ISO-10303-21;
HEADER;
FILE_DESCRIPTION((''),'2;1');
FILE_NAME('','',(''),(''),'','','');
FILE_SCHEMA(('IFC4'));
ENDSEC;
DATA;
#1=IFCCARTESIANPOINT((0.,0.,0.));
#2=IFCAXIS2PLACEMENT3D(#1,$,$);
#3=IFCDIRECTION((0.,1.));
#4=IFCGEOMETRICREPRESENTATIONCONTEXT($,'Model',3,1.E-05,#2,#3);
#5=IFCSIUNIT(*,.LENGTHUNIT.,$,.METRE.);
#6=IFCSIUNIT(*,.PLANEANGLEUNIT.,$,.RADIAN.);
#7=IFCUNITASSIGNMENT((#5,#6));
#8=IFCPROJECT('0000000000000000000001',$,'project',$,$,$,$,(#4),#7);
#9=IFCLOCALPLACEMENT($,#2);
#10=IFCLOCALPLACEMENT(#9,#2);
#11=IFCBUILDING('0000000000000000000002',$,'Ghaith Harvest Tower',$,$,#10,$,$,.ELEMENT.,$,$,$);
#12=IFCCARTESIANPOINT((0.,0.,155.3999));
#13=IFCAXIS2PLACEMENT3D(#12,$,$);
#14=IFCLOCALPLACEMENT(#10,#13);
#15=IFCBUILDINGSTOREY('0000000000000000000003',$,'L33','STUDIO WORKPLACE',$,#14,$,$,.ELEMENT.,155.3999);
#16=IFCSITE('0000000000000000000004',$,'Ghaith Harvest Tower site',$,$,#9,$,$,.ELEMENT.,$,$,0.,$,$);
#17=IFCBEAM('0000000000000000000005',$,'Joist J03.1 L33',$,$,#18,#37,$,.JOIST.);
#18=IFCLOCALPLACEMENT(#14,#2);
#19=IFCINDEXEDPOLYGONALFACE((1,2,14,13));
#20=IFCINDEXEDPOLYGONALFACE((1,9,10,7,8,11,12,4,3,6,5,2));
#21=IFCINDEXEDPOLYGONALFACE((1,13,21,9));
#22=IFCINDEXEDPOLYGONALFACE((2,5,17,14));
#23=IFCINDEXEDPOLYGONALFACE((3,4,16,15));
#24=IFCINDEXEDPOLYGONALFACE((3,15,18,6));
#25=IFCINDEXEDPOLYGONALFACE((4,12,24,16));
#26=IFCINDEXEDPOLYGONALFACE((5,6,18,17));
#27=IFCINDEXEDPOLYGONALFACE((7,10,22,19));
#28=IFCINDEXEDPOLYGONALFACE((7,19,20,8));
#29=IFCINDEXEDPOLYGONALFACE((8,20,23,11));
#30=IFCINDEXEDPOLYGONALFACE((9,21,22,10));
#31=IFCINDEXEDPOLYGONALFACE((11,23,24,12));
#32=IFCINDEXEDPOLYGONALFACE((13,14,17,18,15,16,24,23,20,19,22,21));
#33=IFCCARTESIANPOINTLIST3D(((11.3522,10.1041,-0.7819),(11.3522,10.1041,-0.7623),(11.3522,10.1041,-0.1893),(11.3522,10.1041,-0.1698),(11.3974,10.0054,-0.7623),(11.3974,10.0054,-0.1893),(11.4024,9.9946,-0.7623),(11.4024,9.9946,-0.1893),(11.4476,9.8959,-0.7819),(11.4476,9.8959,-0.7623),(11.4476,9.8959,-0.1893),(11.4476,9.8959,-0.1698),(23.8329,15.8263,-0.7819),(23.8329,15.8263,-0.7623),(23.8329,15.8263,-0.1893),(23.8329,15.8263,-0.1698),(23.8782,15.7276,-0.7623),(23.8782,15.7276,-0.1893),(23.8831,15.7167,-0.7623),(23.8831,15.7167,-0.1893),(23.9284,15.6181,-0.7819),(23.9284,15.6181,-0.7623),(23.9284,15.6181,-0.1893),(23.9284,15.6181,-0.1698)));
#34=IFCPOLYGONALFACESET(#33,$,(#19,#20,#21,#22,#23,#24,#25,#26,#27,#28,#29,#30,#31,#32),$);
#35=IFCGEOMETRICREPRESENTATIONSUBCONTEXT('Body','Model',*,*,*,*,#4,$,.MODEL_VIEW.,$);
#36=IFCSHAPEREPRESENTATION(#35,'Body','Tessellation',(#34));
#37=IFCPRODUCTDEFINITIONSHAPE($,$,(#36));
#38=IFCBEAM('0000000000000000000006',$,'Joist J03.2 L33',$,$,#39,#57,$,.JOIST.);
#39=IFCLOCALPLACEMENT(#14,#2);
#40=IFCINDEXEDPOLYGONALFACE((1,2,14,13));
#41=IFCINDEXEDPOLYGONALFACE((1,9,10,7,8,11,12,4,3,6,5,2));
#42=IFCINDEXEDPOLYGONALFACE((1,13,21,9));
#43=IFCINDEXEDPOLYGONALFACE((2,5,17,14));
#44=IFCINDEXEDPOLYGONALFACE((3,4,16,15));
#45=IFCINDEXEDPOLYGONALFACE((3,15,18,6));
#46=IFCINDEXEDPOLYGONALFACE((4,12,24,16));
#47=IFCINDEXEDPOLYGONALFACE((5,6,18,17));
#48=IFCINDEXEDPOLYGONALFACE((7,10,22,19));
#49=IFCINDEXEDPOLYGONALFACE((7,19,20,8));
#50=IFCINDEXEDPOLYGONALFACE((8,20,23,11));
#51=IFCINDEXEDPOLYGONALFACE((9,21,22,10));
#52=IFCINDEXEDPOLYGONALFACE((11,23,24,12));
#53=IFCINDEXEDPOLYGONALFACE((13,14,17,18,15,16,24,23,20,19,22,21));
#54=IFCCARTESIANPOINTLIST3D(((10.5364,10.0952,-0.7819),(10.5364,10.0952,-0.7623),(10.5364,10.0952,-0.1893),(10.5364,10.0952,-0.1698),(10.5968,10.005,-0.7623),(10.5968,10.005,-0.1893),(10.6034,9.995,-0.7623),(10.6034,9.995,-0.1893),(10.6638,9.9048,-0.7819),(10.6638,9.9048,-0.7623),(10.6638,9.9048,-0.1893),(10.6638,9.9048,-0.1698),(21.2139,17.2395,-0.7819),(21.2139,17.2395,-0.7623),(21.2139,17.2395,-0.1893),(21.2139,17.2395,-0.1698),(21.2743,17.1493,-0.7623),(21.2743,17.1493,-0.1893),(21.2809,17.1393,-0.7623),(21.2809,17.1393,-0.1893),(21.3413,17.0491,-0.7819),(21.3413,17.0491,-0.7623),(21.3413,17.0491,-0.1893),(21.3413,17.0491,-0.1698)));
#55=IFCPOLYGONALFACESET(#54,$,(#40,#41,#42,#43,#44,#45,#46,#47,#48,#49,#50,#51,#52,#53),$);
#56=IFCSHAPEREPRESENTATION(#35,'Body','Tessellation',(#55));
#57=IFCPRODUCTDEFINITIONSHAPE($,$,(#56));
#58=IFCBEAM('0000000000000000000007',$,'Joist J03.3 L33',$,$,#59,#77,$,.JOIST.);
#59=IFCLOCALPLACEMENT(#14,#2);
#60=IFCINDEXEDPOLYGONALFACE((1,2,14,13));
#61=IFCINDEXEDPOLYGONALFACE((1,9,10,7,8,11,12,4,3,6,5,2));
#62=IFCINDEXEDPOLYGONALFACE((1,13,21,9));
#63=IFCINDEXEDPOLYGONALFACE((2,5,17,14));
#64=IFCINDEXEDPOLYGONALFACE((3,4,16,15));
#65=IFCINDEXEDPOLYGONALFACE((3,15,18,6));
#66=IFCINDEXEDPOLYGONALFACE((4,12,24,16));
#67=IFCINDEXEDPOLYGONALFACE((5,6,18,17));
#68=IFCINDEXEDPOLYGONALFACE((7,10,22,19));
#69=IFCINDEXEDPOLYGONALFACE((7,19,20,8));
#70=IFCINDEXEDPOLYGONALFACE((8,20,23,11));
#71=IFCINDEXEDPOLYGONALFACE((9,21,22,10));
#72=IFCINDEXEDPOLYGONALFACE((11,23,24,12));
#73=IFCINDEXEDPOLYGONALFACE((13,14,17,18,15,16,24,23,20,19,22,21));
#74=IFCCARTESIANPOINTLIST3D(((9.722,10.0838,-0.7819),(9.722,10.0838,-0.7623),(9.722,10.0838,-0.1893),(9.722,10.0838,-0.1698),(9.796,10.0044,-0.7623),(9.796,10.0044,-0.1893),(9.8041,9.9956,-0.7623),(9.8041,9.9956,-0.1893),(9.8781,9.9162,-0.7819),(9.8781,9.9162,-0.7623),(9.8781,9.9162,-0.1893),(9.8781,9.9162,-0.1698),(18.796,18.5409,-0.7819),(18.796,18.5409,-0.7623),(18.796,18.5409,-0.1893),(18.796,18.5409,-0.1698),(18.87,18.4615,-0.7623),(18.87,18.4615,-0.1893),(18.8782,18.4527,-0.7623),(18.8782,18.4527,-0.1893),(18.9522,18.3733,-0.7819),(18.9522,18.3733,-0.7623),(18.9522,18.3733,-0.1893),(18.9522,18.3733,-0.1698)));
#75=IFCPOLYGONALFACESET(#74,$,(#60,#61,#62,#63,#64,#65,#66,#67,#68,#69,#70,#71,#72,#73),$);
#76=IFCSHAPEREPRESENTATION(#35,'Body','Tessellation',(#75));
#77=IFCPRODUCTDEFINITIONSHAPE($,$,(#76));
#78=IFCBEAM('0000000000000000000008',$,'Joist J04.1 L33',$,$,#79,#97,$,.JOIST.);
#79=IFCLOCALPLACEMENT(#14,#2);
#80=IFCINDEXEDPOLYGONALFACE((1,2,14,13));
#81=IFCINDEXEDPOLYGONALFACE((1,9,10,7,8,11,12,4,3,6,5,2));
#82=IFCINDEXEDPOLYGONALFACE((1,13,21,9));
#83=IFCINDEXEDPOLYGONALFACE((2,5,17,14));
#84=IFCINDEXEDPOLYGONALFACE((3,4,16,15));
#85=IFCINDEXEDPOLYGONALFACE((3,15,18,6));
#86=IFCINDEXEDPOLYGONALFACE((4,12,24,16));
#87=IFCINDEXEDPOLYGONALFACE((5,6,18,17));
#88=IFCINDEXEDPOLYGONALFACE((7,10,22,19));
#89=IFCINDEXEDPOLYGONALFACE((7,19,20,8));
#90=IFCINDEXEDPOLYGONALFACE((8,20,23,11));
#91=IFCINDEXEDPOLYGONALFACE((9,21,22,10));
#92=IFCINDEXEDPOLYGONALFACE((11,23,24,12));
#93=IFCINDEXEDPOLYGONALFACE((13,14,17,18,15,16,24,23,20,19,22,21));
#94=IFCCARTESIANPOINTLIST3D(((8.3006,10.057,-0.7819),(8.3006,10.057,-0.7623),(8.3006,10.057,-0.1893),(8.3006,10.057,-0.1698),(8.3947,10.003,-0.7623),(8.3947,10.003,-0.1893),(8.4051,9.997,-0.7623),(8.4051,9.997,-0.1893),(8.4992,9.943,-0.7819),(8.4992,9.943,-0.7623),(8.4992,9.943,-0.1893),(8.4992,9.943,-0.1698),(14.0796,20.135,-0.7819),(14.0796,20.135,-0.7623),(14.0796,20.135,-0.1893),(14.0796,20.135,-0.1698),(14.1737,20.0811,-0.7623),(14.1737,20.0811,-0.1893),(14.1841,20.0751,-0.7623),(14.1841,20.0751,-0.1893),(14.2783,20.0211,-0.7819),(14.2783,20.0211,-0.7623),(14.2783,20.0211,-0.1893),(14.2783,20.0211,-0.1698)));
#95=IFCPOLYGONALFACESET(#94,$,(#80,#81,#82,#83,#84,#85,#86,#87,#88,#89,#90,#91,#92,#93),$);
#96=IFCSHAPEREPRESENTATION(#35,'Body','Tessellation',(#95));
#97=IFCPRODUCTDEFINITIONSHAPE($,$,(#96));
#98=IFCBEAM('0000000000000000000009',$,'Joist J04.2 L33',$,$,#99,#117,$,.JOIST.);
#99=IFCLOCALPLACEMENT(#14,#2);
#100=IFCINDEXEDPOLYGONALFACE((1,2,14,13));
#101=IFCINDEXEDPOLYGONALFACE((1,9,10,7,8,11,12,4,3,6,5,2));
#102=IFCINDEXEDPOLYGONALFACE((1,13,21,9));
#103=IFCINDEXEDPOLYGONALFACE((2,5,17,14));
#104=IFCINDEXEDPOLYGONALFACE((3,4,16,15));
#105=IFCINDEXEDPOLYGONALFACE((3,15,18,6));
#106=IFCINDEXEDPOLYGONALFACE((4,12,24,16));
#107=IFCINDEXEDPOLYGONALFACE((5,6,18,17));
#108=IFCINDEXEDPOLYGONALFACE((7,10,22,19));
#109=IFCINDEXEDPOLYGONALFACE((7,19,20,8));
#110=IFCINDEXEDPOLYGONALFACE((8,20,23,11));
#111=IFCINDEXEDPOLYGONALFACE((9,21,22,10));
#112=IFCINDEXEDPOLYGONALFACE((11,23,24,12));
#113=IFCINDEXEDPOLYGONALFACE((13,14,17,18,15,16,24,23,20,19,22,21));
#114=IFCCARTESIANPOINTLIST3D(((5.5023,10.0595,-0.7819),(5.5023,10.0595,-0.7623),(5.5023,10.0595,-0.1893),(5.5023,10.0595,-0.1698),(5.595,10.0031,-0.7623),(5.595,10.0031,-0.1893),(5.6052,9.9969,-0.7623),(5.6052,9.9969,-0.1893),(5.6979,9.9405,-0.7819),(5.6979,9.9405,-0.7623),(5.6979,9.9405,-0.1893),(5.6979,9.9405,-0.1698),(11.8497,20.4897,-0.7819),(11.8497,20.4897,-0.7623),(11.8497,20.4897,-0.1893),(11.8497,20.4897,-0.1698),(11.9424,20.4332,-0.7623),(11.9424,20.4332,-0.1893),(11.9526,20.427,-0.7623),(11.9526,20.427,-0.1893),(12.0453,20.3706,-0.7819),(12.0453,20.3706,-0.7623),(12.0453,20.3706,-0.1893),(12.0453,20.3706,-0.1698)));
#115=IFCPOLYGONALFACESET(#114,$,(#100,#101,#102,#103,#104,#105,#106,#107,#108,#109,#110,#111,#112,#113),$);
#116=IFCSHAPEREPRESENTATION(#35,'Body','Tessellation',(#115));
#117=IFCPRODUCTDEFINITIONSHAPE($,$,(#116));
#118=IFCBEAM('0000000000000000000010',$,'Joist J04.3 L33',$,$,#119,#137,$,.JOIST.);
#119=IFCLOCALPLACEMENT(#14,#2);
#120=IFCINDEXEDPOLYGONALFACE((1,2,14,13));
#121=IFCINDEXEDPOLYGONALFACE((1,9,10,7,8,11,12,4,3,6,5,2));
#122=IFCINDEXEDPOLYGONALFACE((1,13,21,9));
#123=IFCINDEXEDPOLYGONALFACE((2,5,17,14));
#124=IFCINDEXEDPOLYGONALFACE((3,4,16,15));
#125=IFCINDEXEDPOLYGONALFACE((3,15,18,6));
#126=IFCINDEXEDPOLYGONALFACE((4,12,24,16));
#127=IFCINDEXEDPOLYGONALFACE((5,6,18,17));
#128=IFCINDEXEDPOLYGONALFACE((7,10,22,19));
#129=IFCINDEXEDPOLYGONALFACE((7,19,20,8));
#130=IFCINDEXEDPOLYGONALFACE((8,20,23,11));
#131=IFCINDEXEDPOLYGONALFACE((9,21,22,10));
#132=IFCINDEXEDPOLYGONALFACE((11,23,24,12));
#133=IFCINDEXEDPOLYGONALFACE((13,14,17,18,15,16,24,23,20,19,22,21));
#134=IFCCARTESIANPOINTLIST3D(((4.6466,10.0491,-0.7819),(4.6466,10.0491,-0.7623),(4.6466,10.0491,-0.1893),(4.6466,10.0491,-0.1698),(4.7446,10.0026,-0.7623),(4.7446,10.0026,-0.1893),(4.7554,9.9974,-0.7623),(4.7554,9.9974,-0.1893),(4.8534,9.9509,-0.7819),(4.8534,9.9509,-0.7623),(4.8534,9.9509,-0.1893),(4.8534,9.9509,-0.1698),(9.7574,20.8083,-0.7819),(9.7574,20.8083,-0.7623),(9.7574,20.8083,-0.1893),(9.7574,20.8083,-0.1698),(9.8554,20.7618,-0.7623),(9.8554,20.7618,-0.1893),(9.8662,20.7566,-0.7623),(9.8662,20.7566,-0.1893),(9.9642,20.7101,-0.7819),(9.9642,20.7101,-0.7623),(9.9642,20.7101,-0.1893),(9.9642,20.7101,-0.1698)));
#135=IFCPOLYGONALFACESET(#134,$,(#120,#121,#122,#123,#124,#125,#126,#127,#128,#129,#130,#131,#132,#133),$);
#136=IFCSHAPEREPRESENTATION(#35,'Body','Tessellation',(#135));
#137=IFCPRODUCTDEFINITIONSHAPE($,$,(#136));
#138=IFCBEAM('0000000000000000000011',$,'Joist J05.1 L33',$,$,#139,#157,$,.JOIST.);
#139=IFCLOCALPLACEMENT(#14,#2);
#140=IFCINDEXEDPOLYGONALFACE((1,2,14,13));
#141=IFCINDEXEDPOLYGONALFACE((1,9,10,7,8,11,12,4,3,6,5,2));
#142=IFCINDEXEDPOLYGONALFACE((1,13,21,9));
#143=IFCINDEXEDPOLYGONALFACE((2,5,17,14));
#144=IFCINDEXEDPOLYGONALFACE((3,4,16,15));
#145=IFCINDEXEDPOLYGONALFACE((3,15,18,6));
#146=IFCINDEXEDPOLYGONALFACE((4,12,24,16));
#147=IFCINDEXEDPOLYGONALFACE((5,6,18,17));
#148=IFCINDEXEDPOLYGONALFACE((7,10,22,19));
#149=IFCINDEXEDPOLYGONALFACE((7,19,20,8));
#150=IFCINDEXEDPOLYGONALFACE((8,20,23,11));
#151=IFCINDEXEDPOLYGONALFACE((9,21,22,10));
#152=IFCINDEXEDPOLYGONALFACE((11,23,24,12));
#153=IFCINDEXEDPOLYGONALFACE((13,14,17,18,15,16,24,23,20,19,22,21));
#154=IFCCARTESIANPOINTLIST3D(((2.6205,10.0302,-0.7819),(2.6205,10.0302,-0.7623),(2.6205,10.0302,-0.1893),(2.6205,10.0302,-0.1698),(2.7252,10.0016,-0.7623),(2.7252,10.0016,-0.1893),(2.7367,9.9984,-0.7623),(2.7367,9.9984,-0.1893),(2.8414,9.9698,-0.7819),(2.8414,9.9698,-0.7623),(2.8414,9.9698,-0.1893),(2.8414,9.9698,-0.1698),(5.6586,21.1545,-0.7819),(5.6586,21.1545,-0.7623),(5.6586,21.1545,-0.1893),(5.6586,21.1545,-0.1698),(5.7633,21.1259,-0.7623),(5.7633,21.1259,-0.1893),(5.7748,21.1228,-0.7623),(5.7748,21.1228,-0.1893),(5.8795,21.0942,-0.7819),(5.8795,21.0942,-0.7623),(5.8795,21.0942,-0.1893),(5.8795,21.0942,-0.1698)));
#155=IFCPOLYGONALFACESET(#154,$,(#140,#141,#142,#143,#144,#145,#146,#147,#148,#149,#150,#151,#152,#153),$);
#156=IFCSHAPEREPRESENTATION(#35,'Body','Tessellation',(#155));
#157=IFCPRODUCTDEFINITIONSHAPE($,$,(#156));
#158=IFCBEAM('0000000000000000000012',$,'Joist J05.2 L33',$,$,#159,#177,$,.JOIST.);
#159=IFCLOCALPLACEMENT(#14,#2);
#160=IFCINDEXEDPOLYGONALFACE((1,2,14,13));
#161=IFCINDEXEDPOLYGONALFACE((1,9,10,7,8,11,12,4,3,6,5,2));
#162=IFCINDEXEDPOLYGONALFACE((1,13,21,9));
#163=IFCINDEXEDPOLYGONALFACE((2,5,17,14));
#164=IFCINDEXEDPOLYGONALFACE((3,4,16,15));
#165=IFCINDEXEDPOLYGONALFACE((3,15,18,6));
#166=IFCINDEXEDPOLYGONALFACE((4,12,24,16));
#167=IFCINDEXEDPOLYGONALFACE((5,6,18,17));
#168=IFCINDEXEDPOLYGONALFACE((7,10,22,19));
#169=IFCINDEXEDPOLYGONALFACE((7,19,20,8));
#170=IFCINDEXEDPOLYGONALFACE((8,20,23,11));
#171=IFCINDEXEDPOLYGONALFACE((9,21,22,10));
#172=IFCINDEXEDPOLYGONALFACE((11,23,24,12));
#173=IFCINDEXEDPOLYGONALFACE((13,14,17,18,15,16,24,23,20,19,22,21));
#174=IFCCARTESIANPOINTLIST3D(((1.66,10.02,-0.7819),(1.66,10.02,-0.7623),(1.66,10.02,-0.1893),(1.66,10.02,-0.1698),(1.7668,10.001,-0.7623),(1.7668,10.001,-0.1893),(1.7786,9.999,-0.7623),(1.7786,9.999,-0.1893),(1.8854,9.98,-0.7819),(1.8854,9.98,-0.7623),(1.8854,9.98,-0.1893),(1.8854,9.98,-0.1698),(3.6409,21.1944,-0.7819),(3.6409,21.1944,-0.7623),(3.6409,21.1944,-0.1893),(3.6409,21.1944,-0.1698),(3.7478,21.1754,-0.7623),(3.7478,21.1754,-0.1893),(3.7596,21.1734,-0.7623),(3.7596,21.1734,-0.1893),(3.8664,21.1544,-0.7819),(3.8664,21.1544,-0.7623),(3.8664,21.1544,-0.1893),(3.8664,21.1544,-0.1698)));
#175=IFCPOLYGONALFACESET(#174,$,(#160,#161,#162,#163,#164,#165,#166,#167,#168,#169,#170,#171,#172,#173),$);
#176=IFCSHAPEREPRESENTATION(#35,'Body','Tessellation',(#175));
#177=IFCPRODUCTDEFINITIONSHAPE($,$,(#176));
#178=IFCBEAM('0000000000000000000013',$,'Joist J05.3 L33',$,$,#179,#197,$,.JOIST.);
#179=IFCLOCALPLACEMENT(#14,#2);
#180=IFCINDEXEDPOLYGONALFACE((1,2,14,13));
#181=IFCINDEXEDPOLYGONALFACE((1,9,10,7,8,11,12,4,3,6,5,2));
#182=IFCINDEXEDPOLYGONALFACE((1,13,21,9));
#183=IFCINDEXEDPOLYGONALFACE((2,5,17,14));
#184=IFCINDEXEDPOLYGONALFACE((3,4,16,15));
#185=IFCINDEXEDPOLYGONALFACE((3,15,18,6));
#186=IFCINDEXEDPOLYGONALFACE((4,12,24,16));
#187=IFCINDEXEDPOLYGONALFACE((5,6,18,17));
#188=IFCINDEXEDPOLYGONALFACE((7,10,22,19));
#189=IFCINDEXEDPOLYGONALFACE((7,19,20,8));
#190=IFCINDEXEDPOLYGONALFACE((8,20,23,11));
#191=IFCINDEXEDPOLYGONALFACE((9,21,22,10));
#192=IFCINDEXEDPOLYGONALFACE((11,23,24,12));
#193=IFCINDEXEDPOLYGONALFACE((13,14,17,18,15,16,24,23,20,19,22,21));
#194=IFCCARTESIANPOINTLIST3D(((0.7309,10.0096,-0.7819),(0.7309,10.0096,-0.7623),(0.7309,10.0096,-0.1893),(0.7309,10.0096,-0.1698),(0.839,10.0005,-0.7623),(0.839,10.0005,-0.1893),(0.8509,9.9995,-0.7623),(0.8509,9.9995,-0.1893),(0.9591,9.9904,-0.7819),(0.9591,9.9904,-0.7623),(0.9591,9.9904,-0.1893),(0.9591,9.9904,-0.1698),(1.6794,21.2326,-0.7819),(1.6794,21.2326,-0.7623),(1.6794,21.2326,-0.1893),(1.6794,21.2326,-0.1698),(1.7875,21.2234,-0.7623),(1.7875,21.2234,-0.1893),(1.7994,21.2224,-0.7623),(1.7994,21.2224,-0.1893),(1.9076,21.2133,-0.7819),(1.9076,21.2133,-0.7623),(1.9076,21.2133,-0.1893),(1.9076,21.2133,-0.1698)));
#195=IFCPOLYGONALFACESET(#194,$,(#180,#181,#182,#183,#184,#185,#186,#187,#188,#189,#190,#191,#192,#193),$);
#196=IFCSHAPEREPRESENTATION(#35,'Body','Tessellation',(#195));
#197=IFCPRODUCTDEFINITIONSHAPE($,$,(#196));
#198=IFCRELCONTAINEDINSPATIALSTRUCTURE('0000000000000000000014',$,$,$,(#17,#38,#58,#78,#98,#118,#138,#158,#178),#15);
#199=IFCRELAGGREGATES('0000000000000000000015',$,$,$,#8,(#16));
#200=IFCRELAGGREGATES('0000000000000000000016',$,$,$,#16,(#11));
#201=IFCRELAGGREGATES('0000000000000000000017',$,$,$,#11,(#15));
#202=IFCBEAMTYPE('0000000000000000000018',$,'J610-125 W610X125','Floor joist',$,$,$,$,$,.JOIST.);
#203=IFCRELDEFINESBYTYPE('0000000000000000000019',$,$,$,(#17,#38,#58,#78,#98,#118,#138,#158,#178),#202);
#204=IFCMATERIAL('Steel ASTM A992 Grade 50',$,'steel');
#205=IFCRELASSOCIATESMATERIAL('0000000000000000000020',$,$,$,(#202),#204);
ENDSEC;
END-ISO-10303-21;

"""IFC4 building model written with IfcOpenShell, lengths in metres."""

from ifc_helpers import new_model, si_unit, direction, frame, origin, origin_2d, place, context, subcontext, project, spatial, i_section, extrude, material, material_profile, profile_set, type_object, element, save


model = new_model("IFC4")

# Units and contexts
model_context = context("Model", 3, precision=1e-05, world=origin(), true_north=direction((0.0, 1.0)))
body_context = subcontext(model_context, "Body", "Model", "MODEL_VIEW")
ifc_project = project(units=[si_unit("LENGTHUNIT", "METRE"), si_unit("PLANEANGLEUNIT", "RADIAN")], contexts=[model_context])

# Site, building, storey
site_placement = place(None, origin())
site = spatial("IfcSite", under=ifc_project, at=site_placement, Name="Ghaith Harvest Tower site", CompositionType="ELEMENT", RefElevation=0.0)
building_placement = place(site_placement, origin())
building = spatial("IfcBuilding", under=site, at=building_placement, Name="Ghaith Harvest Tower", CompositionType="ELEMENT")
storey_placement = place(building_placement, frame((0.0, 0.0, 155.3999)))
storey = spatial("IfcBuildingStorey", under=building, at=storey_placement, Name="L33", Description="STUDIO WORKPLACE", CompositionType="ELEMENT", Elevation=155.3999)

# Beams
ifc_material_1 = material(Name="Steel ASTM A992 Grade 50", Category="steel")
ifc_material_profile_1 = material_profile(ifc_material_1, i_section(OverallWidth=0.229, OverallDepth=0.6121, WebThickness=0.012, FlangeThickness=0.0195, at=origin_2d()), Name="W610X125")
ifc_profile_set_1 = profile_set([ifc_material_profile_1], Name="Steel ASTM A992 Grade 50")
beam_type_1 = type_object("IfcBeamType", Name="J610-125 W610X125", Description="Floor joist", PredefinedType="JOIST", material=ifc_profile_set_1)
beam_1_placement = place(storey_placement, frame((11.3999, 10.0, -0.4758), z_axis=(0.909014, 0.416766, 0.0), x_axis=(-0.416766, 0.909014, 0.0)))
element("IfcBeam", 1, at=beam_1_placement, inside=storey, type_object=beam_type_1, Name="Joist J03.1 L33", PredefinedType="JOIST", context=body_context, shape_type="SweptSolid", body=[
    extrude(i_section(OverallWidth=0.229, OverallDepth=0.6121, WebThickness=0.012, FlangeThickness=0.0195, at=origin_2d()), origin(), (0.0, 0.0, 1.0), 13.73),
])
beam_2_placement = place(storey_placement, frame((10.6001, 10.0, -0.4758), z_axis=(0.831116, 0.556098, 0.0), x_axis=(-0.556098, 0.831116, 0.0)))
element("IfcBeam", 2, at=beam_2_placement, inside=storey, type_object=beam_type_1, Name="Joist J03.2 L33", PredefinedType="JOIST", context=body_context, shape_type="SweptSolid", body=[
    extrude(i_section(OverallWidth=0.229, OverallDepth=0.6121, WebThickness=0.012, FlangeThickness=0.0195, at=origin_2d()), origin(), (0.0, 0.0, 1.0), 12.8472),
])
beam_3_placement = place(storey_placement, frame((9.8, 10.0, -0.4758), z_axis=(0.731538, 0.681801, 0.0), x_axis=(-0.681801, 0.731538, 0.0)))
element("IfcBeam", 3, at=beam_3_placement, inside=storey, type_object=beam_type_1, Name="Joist J03.3 L33", PredefinedType="JOIST", context=body_context, shape_type="SweptSolid", body=[
    extrude(i_section(OverallWidth=0.229, OverallDepth=0.6121, WebThickness=0.012, FlangeThickness=0.0195, at=origin_2d()), origin(), (0.0, 0.0, 1.0), 12.4041),
])
beam_4_placement = place(storey_placement, frame((8.3999, 10.0, -0.4758), z_axis=(0.497444, 0.867496, 0.0), x_axis=(-0.867496, 0.497444, 0.0)))
element("IfcBeam", 4, at=beam_4_placement, inside=storey, type_object=beam_type_1, Name="Joist J04.1 L33", PredefinedType="JOIST", context=body_context, shape_type="SweptSolid", body=[
    extrude(i_section(OverallWidth=0.229, OverallDepth=0.6121, WebThickness=0.012, FlangeThickness=0.0195, at=origin_2d()), origin(), (0.0, 0.0, 1.0), 11.6174),
])
beam_5_placement = place(storey_placement, frame((5.6001, 10.0, -0.4758), z_axis=(0.519864, 0.854249, 0.0), x_axis=(-0.854249, 0.519864, 0.0)))
element("IfcBeam", 5, at=beam_5_placement, inside=storey, type_object=beam_type_1, Name="Joist J04.2 L33", PredefinedType="JOIST", context=body_context, shape_type="SweptSolid", body=[
    extrude(i_section(OverallWidth=0.229, OverallDepth=0.6121, WebThickness=0.012, FlangeThickness=0.0195, at=origin_2d()), origin(), (0.0, 0.0, 1.0), 12.2097),
])
beam_6_placement = place(storey_placement, frame((4.75, 10.0, -0.4758), z_axis=(0.429069, 0.903272, 0.0), x_axis=(-0.903272, 0.429069, 0.0)))
element("IfcBeam", 6, at=beam_6_placement, inside=storey, type_object=beam_type_1, Name="Joist J04.3 L33", PredefinedType="JOIST", context=body_context, shape_type="SweptSolid", body=[
    extrude(i_section(OverallWidth=0.229, OverallDepth=0.6121, WebThickness=0.012, FlangeThickness=0.0195, at=origin_2d()), origin(), (0.0, 0.0, 1.0), 11.9114),
])
beam_7_placement = place(storey_placement, frame((2.731, 10.0, -0.4758), z_axis=(0.263456, 0.964671, 0.0), x_axis=(-0.964671, 0.263456, 0.0)))
element("IfcBeam", 7, at=beam_7_placement, inside=storey, type_object=beam_type_1, Name="Joist J05.1 L33", PredefinedType="JOIST", context=body_context, shape_type="SweptSolid", body=[
    extrude(i_section(OverallWidth=0.229, OverallDepth=0.6121, WebThickness=0.012, FlangeThickness=0.0195, at=origin_2d()), origin(), (0.0, 0.0, 1.0), 11.5317),
])
beam_8_placement = place(storey_placement, frame((1.7727, 10.0, -0.4758), z_axis=(0.174556, 0.984647, 0.0), x_axis=(-0.984647, 0.174556, 0.0)))
element("IfcBeam", 8, at=beam_8_placement, inside=storey, type_object=beam_type_1, Name="Joist J05.2 L33", PredefinedType="JOIST", context=body_context, shape_type="SweptSolid", body=[
    extrude(i_section(OverallWidth=0.229, OverallDepth=0.6121, WebThickness=0.012, FlangeThickness=0.0195, at=origin_2d()), origin(), (0.0, 0.0, 1.0), 11.3486),
])
beam_9_placement = place(storey_placement, frame((0.845, 10.0, -0.4758), z_axis=(0.084213, 0.996448, 0.0), x_axis=(-0.996448, 0.084213, 0.0)))
element("IfcBeam", 9, at=beam_9_placement, inside=storey, type_object=beam_type_1, Name="Joist J05.3 L33", PredefinedType="JOIST", context=body_context, shape_type="SweptSolid", body=[
    extrude(i_section(OverallWidth=0.229, OverallDepth=0.6121, WebThickness=0.012, FlangeThickness=0.0195, at=origin_2d()), origin(), (0.0, 0.0, 1.0), 11.2629),
])

save(model, "model.ifc")
